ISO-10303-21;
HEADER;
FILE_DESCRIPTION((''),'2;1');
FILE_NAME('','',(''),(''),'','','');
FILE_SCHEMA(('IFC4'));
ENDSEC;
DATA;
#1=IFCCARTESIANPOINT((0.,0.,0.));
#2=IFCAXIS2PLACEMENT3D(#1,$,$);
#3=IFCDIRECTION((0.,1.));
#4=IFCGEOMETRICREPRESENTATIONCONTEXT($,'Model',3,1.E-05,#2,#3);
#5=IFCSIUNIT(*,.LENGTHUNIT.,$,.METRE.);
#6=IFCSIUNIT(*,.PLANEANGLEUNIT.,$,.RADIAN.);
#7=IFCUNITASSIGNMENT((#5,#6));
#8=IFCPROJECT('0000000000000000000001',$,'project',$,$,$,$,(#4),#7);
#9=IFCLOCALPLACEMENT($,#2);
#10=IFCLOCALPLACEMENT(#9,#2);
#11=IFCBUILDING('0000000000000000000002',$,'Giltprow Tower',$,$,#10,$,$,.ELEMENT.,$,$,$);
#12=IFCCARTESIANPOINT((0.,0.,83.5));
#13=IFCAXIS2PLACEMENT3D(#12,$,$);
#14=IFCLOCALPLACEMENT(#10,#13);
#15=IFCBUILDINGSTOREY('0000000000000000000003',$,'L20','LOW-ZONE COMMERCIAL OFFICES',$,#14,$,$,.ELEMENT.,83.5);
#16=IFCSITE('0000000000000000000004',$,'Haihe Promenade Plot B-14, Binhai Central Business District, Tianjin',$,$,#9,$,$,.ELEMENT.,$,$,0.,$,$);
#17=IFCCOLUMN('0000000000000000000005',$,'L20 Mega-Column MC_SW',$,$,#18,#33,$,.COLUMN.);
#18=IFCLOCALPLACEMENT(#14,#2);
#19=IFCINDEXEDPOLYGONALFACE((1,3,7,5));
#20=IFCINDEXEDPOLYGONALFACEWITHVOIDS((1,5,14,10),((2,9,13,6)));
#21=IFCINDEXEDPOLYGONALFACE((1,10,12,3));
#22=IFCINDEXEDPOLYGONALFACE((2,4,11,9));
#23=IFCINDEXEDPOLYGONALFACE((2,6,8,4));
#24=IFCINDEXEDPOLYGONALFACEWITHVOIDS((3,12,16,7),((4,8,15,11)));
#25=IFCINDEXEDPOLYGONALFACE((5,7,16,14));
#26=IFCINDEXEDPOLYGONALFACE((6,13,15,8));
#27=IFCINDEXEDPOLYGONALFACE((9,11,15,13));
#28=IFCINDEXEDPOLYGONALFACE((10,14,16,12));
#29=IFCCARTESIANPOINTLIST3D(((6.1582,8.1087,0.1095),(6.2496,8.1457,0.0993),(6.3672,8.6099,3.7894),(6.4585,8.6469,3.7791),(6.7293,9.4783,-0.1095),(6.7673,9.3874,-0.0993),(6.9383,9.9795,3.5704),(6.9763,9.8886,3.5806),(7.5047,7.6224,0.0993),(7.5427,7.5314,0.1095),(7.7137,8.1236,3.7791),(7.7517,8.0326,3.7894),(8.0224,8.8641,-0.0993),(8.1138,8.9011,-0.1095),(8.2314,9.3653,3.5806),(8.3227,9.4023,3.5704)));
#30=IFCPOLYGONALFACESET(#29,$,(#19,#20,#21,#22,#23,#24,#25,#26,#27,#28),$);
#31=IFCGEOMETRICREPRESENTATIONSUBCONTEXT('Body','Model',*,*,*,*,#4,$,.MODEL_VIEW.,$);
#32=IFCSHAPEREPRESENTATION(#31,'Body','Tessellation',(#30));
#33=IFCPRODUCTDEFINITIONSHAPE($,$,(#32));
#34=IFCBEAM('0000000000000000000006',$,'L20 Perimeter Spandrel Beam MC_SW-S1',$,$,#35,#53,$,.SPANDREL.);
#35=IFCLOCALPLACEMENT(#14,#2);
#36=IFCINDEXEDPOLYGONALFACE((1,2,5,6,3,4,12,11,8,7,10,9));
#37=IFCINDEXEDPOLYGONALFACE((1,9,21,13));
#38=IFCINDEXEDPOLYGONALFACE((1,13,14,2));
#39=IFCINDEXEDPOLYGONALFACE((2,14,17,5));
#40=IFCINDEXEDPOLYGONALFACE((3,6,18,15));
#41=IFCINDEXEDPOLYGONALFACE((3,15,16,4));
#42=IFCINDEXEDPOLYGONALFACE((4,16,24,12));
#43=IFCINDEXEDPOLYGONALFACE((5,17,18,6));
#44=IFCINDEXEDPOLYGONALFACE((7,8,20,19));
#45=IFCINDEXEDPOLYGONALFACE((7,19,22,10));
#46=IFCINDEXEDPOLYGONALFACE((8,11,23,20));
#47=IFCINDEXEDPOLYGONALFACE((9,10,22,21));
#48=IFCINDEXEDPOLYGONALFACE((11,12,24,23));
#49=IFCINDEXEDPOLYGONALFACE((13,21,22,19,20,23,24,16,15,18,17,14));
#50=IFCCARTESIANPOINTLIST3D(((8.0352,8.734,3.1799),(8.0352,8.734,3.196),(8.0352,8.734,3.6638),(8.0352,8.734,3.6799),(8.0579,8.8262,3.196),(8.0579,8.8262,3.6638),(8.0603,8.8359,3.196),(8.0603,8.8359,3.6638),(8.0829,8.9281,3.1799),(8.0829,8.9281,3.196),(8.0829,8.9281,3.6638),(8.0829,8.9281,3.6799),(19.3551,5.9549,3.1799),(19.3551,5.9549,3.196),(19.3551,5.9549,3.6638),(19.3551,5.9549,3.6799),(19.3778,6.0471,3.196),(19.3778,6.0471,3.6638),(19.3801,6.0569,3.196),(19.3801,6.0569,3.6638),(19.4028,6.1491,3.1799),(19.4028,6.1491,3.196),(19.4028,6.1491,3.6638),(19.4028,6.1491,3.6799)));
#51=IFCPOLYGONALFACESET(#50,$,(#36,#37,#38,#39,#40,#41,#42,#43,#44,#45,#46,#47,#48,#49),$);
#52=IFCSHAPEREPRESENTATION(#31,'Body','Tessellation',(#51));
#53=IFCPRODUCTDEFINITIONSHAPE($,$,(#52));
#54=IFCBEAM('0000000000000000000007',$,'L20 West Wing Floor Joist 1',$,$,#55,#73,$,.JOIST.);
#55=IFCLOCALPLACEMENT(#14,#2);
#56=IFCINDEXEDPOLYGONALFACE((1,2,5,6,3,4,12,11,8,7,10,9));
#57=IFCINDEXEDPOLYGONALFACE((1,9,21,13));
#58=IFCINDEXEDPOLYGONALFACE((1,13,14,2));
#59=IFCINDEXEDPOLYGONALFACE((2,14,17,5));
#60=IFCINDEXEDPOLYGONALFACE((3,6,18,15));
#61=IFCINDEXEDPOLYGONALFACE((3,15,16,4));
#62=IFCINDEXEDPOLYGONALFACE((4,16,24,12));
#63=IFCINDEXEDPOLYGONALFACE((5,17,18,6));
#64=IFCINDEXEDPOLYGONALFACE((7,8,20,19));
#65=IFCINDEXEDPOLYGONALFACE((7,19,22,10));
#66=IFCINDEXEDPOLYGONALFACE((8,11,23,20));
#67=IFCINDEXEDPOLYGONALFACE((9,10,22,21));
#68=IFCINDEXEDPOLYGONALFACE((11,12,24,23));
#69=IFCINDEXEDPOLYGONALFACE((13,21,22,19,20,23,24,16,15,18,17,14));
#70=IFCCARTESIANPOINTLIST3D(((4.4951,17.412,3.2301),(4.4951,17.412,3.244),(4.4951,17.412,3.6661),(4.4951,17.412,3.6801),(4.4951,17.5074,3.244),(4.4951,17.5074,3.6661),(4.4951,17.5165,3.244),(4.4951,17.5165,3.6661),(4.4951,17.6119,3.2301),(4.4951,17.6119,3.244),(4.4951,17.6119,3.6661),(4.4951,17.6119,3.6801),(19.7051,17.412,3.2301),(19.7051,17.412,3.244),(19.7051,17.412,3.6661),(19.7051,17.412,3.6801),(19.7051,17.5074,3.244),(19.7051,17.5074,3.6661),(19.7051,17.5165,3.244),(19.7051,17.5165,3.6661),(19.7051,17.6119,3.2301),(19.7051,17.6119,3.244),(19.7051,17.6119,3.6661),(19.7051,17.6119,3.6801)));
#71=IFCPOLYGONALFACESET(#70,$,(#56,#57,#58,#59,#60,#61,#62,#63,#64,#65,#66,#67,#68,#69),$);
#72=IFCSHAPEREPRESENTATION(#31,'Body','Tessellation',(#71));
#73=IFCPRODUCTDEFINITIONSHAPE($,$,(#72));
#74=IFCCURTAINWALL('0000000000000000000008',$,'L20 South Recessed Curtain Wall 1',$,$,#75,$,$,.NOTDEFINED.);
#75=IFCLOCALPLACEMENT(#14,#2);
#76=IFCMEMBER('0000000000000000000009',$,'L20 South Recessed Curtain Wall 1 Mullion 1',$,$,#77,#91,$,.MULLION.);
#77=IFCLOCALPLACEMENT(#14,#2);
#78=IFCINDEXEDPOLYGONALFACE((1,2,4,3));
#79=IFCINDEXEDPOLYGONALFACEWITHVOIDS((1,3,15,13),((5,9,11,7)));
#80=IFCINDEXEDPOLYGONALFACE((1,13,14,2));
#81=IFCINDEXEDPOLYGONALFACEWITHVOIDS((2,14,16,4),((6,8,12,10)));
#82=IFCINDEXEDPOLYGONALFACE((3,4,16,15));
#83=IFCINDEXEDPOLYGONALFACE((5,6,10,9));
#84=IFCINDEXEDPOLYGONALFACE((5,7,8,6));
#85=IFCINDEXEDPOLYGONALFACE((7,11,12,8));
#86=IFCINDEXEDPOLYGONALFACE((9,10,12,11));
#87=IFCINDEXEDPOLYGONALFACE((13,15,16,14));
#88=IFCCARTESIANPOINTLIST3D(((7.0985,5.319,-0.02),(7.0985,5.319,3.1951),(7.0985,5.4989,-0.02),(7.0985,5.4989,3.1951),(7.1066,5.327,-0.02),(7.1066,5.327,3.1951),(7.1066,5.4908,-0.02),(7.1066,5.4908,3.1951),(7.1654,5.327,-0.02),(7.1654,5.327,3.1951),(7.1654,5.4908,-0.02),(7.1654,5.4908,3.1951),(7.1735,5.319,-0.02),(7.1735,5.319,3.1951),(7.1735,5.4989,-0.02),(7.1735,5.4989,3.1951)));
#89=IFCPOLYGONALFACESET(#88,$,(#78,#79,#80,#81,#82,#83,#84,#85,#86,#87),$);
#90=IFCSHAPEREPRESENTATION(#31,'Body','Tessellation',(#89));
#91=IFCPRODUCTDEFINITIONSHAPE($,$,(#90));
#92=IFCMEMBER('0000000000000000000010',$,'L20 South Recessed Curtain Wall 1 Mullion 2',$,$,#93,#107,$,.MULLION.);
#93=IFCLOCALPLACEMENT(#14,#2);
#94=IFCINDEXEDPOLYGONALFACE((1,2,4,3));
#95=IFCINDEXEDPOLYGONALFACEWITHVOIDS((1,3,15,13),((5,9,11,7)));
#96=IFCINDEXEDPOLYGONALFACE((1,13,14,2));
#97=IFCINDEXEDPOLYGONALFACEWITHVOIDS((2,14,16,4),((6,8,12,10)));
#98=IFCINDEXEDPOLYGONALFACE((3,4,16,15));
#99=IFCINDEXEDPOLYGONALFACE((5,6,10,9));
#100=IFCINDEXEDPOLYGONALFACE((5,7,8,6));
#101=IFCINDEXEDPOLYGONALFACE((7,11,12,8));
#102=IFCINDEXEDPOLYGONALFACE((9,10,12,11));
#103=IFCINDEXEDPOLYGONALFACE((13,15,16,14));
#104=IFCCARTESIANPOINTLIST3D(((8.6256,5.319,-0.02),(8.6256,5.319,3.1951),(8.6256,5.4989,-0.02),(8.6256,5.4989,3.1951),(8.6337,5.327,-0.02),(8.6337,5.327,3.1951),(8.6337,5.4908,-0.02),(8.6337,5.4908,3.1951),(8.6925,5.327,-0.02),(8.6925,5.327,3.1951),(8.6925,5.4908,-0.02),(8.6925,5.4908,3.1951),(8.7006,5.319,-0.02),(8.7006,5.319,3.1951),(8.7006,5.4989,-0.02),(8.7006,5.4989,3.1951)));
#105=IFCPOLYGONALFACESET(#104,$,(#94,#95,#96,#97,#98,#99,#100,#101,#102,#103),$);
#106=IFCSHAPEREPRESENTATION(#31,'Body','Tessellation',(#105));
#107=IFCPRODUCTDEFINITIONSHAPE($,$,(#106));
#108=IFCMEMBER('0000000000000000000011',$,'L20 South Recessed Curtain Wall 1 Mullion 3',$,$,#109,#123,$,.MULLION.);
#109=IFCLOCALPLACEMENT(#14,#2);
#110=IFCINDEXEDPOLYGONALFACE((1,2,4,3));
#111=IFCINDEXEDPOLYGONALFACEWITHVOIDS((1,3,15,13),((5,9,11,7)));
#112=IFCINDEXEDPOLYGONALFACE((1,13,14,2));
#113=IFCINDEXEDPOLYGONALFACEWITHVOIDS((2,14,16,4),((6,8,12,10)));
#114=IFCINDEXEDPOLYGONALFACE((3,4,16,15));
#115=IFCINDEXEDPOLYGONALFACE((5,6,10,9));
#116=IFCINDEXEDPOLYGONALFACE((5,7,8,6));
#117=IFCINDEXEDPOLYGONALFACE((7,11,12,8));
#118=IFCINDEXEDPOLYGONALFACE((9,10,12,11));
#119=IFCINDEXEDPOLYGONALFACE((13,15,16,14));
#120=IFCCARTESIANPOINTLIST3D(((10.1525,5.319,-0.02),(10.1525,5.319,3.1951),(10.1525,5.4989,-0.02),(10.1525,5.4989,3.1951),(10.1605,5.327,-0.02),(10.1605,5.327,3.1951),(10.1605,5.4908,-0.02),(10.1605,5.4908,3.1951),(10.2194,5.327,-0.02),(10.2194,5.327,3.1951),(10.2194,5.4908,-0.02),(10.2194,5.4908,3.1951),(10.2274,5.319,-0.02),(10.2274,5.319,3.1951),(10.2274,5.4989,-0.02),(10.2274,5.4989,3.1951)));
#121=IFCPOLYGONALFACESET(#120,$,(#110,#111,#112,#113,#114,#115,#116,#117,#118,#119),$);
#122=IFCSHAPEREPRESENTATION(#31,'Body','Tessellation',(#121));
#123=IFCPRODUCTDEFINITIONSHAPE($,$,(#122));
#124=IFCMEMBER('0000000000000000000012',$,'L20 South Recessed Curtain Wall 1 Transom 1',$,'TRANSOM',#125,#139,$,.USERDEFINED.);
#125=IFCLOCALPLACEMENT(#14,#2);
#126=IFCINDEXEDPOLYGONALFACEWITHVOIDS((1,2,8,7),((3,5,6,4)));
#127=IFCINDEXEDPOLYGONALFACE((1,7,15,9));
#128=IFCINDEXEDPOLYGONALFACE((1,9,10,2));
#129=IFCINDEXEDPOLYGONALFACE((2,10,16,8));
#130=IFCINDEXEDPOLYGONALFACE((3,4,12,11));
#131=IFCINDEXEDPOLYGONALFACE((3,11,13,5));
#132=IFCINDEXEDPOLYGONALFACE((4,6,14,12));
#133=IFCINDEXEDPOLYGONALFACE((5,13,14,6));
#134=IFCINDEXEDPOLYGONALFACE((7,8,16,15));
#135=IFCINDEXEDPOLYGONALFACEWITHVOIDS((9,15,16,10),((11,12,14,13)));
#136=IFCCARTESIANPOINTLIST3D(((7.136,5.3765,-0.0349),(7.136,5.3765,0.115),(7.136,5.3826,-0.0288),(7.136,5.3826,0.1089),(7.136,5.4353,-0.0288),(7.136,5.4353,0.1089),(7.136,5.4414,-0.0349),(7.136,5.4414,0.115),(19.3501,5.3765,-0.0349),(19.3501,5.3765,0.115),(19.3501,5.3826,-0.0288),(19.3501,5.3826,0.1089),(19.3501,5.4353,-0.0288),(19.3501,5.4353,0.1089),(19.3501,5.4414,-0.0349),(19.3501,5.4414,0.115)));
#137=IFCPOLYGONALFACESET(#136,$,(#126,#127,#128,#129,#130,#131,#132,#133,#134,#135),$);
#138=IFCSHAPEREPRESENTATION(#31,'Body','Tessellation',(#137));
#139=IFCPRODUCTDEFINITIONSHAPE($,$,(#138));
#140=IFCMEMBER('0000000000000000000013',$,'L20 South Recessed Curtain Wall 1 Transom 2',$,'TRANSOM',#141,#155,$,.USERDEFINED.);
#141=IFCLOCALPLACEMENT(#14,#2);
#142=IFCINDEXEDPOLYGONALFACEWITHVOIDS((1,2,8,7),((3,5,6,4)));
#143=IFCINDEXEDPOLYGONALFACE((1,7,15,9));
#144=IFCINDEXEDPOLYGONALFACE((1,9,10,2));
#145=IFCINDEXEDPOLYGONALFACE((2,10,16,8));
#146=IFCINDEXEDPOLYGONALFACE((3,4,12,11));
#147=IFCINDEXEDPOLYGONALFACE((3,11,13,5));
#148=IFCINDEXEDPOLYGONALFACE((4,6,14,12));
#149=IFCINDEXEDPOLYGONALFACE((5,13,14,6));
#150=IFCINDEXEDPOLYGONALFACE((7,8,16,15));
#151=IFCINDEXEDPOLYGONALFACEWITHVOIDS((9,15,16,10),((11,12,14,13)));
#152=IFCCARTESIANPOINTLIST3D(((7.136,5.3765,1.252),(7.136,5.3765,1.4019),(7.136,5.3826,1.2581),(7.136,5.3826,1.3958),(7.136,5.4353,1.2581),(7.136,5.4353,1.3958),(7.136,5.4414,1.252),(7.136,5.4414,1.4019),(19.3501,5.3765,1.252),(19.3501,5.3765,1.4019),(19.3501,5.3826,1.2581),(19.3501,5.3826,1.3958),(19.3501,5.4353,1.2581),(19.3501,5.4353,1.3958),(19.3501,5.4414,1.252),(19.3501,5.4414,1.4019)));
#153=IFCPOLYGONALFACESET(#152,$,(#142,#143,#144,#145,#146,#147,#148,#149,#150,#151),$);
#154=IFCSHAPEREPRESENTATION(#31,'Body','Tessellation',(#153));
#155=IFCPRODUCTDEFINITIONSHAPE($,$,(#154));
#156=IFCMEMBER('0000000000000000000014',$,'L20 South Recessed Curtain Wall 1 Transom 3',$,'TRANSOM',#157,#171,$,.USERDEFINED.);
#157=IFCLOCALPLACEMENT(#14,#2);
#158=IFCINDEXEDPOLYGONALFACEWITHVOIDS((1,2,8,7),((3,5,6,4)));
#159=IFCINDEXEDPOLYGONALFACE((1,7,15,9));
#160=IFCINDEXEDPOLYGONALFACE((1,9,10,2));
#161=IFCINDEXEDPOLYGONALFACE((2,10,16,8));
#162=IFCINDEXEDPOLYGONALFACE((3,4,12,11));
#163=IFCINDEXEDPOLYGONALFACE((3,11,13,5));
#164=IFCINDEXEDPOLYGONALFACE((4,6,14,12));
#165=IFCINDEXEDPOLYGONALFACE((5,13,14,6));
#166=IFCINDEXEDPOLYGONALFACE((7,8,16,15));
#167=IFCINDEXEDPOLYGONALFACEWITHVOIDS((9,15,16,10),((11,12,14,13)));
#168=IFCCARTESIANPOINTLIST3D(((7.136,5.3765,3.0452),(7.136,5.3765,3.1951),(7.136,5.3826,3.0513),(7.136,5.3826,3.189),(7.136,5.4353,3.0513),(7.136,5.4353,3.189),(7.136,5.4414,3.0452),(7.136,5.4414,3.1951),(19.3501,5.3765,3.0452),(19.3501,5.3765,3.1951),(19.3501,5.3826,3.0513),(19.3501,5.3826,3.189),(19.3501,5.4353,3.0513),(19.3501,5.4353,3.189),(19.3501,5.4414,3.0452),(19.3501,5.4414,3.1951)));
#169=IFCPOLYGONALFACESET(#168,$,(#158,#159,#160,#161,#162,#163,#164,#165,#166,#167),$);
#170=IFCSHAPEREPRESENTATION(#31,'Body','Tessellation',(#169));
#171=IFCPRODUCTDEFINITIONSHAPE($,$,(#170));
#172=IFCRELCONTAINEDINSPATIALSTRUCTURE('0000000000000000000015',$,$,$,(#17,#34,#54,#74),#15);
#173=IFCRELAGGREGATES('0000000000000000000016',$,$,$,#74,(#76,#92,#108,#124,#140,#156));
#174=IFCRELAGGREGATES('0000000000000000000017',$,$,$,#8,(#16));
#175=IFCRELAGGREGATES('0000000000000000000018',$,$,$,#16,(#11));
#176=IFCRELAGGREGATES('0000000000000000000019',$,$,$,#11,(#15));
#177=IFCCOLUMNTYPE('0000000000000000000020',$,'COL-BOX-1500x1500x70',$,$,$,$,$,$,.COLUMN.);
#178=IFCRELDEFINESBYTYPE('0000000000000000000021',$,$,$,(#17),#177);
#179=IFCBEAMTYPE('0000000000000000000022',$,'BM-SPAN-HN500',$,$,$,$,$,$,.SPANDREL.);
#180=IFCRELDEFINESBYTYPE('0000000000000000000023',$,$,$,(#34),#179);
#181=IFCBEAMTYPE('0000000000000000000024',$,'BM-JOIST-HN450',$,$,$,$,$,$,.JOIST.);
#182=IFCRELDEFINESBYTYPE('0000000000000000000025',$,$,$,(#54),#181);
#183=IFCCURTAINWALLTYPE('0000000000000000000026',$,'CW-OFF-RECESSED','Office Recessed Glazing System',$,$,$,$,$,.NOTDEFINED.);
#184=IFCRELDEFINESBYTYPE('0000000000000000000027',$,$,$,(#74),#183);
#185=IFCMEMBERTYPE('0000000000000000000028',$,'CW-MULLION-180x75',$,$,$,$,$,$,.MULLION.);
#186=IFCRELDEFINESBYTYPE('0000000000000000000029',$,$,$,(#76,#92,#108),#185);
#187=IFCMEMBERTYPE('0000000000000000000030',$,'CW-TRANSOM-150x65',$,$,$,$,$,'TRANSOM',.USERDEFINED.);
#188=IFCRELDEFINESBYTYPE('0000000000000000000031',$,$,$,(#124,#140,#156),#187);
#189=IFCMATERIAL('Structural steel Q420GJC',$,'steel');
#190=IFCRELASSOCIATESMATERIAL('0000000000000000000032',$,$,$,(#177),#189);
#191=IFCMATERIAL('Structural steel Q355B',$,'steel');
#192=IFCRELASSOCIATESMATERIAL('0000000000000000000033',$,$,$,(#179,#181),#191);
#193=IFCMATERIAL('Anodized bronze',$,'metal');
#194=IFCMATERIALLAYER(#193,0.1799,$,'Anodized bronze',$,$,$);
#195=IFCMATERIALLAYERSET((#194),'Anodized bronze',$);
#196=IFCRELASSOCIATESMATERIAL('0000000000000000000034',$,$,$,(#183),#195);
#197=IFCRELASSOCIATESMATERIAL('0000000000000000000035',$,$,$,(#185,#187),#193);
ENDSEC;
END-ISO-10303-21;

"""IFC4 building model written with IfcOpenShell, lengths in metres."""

from ifc_helpers import new_model, si_unit, direction, frame, origin, origin_2d, place, context, subcontext, project, spatial, hollow_rectangle, i_section, extrude, source, transform, mapped, material, layer, layer_set, material_profile, profile_set, type_object, element, aggregate, save


model = new_model("IFC4")

# Units and contexts
model_context = context("Model", 3, precision=1e-05, world=origin(), true_north=direction((0.0, 1.0)))
body_context = subcontext(model_context, "Body", "Model", "MODEL_VIEW")
ifc_project = project(units=[si_unit("LENGTHUNIT", "METRE"), si_unit("PLANEANGLEUNIT", "RADIAN")], contexts=[model_context])

# Site, building, storey
site_placement = place(None, origin())
site = spatial("IfcSite", under=ifc_project, at=site_placement, Name="Haihe Promenade Plot B-14, Binhai Central Business District, Tianjin", CompositionType="ELEMENT", RefElevation=0.0)
building_placement = place(site_placement, origin())
building = spatial("IfcBuilding", under=site, at=building_placement, Name="Giltprow Tower", CompositionType="ELEMENT")
storey_placement = place(building_placement, frame((0.0, 0.0, 83.5)))
storey = spatial("IfcBuildingStorey", under=building, at=storey_placement, Name="L20", Description="LOW-ZONE COMMERCIAL OFFICES", CompositionType="ELEMENT", Elevation=83.5)

# Column
ifc_material_1 = material(Name="Structural steel Q420GJC", Category="steel")
ifc_material_profile_1 = material_profile(ifc_material_1, hollow_rectangle(XDim=1.5, YDim=1.5, WallThickness=0.0701, at=origin_2d()), Name="BOX 1500x1500x70")
ifc_profile_set_1 = profile_set([ifc_material_profile_1], Name="Structural steel Q420GJC")
column_type = type_object("IfcColumnType", Name="COL-BOX-1500x1500x70", PredefinedType="COLUMN", material=ifc_profile_set_1)
shared_shape_1 = source(origin(), body_context, "Body", "SweptSolid", [
    extrude(hollow_rectangle(XDim=1.5, YDim=1.5, WallThickness=0.0701, at=origin_2d()), origin(), (0.0, 0.0, 1.0), 3.7197),
])
column_placement = place(storey_placement, frame((7.136, 8.5049, 0.0), z_axis=(0.056182, 0.134745, 0.989286), x_axis=(-0.922984, 0.384839, 0.0)))
element("IfcColumn", 1, at=column_placement, inside=storey, type_object=column_type, Name="L20 Mega-Column MC_SW", PredefinedType="COLUMN", context=body_context, shape_type="MappedRepresentation", body=[
    mapped(shared_shape_1, transform((0.0, 0.0, 0.0), x_axis=(1.0, 0.0, 0.0), y_axis=(0.0, 1.0, 0.0), z_axis=(0.0, 0.0, 1.0), scale=1.0)),
])

# Beams
ifc_material_2 = material(Name="Structural steel Q355B", Category="steel")
ifc_material_profile_2 = material_profile(ifc_material_2, i_section(OverallWidth=0.2, OverallDepth=0.5, WebThickness=0.01, FlangeThickness=0.0161, at=origin_2d()), Name="HN 500x200x10x16")
ifc_profile_set_2 = profile_set([ifc_material_profile_2], Name="Structural steel Q355B")
beam_type_1 = type_object("IfcBeamType", Name="BM-SPAN-HN500", PredefinedType="SPANDREL", material=ifc_profile_set_2)
shared_shape_2 = source(origin(), body_context, "Body", "SweptSolid", [
    extrude(i_section(OverallWidth=0.2, OverallDepth=0.5, WebThickness=0.01, FlangeThickness=0.0161, at=origin_2d()), origin(), (0.0, 0.0, 1.0), 11.656),
])
beam_1_placement = place(storey_placement, frame((8.0591, 8.8311, 3.4299), z_axis=(0.971161, -0.238423, 0.0), x_axis=(0.238423, 0.971161, 0.0)))
element("IfcBeam", 2, at=beam_1_placement, inside=storey, type_object=beam_type_1, Name="L20 Perimeter Spandrel Beam MC_SW-S1", PredefinedType="SPANDREL", context=body_context, shape_type="MappedRepresentation", body=[
    mapped(shared_shape_2, transform((0.0, 0.0, 0.0), x_axis=(1.0, 0.0, 0.0), y_axis=(0.0, 1.0, 0.0), z_axis=(0.0, 0.0, 1.0), scale=1.0)),
])
ifc_material_profile_3 = material_profile(ifc_material_2, i_section(OverallWidth=0.2, OverallDepth=0.45, WebThickness=0.009, FlangeThickness=0.0139, at=origin_2d()), Name="HN 450x200x9x14")
ifc_profile_set_3 = profile_set([ifc_material_profile_3], Name="Structural steel Q355B")
beam_type_2 = type_object("IfcBeamType", Name="BM-JOIST-HN450", PredefinedType="JOIST", material=ifc_profile_set_3)
shared_shape_3 = source(origin(), body_context, "Body", "SweptSolid", [
    extrude(i_section(OverallWidth=0.2, OverallDepth=0.45, WebThickness=0.009, FlangeThickness=0.0139, at=origin_2d()), origin(), (0.0, 0.0, 1.0), 15.21),
])
beam_2_placement = place(storey_placement, frame((4.4951, 17.512, 3.4551), z_axis=(1.0, 0.0, 0.0), x_axis=(0.0, 1.0, 0.0)))
element("IfcBeam", 3, at=beam_2_placement, inside=storey, type_object=beam_type_2, Name="L20 West Wing Floor Joist 1", PredefinedType="JOIST", context=body_context, shape_type="MappedRepresentation", body=[
    mapped(shared_shape_3, transform((0.0, 0.0, 0.0), x_axis=(1.0, 0.0, 0.0), y_axis=(0.0, 1.0, 0.0), z_axis=(0.0, 0.0, 1.0), scale=1.0)),
])

# Curtain wall, members
ifc_material_3 = material(Name="Anodized bronze", Category="metal")
ifc_layer_1 = layer(ifc_material_3, 0.1799, Name="Anodized bronze")
ifc_layer_set_1 = layer_set([ifc_layer_1], Name="Anodized bronze")
curtain_wall_type = type_object("IfcCurtainWallType", Name="CW-OFF-RECESSED", Description="Office Recessed Glazing System", PredefinedType="NOTDEFINED", material=ifc_layer_set_1)
curtain_wall_placement = place(storey_placement, origin())
curtain_wall = element("IfcCurtainWall", 4, at=curtain_wall_placement, inside=storey, type_object=curtain_wall_type, Name="L20 South Recessed Curtain Wall 1", PredefinedType="NOTDEFINED")
ifc_material_profile_4 = material_profile(ifc_material_3, hollow_rectangle(XDim=0.075, YDim=0.1799, WallThickness=0.0081, at=origin_2d()), Name="RHS 180x75x8")
ifc_profile_set_4 = profile_set([ifc_material_profile_4], Name="Anodized bronze")
member_type_1 = type_object("IfcMemberType", Name="CW-MULLION-180x75", PredefinedType="MULLION", material=ifc_profile_set_4)
shared_shape_4 = source(origin(), body_context, "Body", "SweptSolid", [
    extrude(hollow_rectangle(XDim=0.075, YDim=0.1799, WallThickness=0.0081, at=origin_2d()), origin(), (0.0, 0.0, 1.0), 3.2151),
])
member_1_placement = place(storey_placement, frame((7.136, 5.4089, -0.02), z_axis=(0.0, 0.0, 1.0), x_axis=(1.0, 0.0, 0.0)))
member_1 = element("IfcMember", 5, at=member_1_placement, type_object=member_type_1, Name="L20 South Recessed Curtain Wall 1 Mullion 1", PredefinedType="MULLION", context=body_context, shape_type="MappedRepresentation", body=[
    mapped(shared_shape_4, transform((0.0, 0.0, 0.0), x_axis=(1.0, 0.0, 0.0), y_axis=(0.0, 1.0, 0.0), z_axis=(0.0, 0.0, 1.0), scale=1.0)),
])
member_2_placement = place(storey_placement, frame((8.6631, 5.4089, -0.02), z_axis=(0.0, 0.0, 1.0), x_axis=(1.0, 0.0, 0.0)))
member_2 = element("IfcMember", 6, at=member_2_placement, type_object=member_type_1, Name="L20 South Recessed Curtain Wall 1 Mullion 2", PredefinedType="MULLION", context=body_context, shape_type="MappedRepresentation", body=[
    mapped(shared_shape_4, transform((0.0, 0.0, 0.0), x_axis=(1.0, 0.0, 0.0), y_axis=(0.0, 1.0, 0.0), z_axis=(0.0, 0.0, 1.0), scale=1.0)),
])
member_3_placement = place(storey_placement, frame((10.1899, 5.4089, -0.02), z_axis=(0.0, 0.0, 1.0), x_axis=(1.0, 0.0, 0.0)))
member_3 = element("IfcMember", 7, at=member_3_placement, type_object=member_type_1, Name="L20 South Recessed Curtain Wall 1 Mullion 3", PredefinedType="MULLION", context=body_context, shape_type="MappedRepresentation", body=[
    mapped(shared_shape_4, transform((0.0, 0.0, 0.0), x_axis=(1.0, 0.0, 0.0), y_axis=(0.0, 1.0, 0.0), z_axis=(0.0, 0.0, 1.0), scale=1.0)),
])
ifc_material_profile_5 = material_profile(ifc_material_3, hollow_rectangle(XDim=0.0649, YDim=0.1499, WallThickness=0.0061, at=origin_2d()), Name="RHS 150x65x6")
ifc_profile_set_5 = profile_set([ifc_material_profile_5], Name="Anodized bronze")
member_type_2 = type_object("IfcMemberType", Name="CW-TRANSOM-150x65", ElementType="TRANSOM", PredefinedType="USERDEFINED", material=ifc_profile_set_5)
shared_shape_5 = source(origin(), body_context, "Body", "SweptSolid", [
    extrude(hollow_rectangle(XDim=0.0649, YDim=0.1499, WallThickness=0.0061, at=origin_2d()), origin(), (0.0, 0.0, 1.0), 12.2141),
])
member_4_placement = place(storey_placement, frame((7.136, 5.4089, 0.04), z_axis=(1.0, 0.0, 0.0), x_axis=(0.0, 1.0, 0.0)))
member_4 = element("IfcMember", 8, at=member_4_placement, type_object=member_type_2, Name="L20 South Recessed Curtain Wall 1 Transom 1", ObjectType="TRANSOM", PredefinedType="USERDEFINED", context=body_context, shape_type="MappedRepresentation", body=[
    mapped(shared_shape_5, transform((0.0, 0.0, 0.0), x_axis=(1.0, 0.0, 0.0), y_axis=(0.0, 1.0, 0.0), z_axis=(0.0, 0.0, 1.0), scale=1.0)),
])
member_5_placement = place(storey_placement, frame((7.136, 5.4089, 1.3269), z_axis=(1.0, 0.0, 0.0), x_axis=(0.0, 1.0, 0.0)))
member_5 = element("IfcMember", 9, at=member_5_placement, type_object=member_type_2, Name="L20 South Recessed Curtain Wall 1 Transom 2", ObjectType="TRANSOM", PredefinedType="USERDEFINED", context=body_context, shape_type="MappedRepresentation", body=[
    mapped(shared_shape_5, transform((0.0, 0.0, 0.0), x_axis=(1.0, 0.0, 0.0), y_axis=(0.0, 1.0, 0.0), z_axis=(0.0, 0.0, 1.0), scale=1.0)),
])
member_6_placement = place(storey_placement, frame((7.136, 5.4089, 3.1201), z_axis=(1.0, 0.0, 0.0), x_axis=(0.0, 1.0, 0.0)))
member_6 = element("IfcMember", 10, at=member_6_placement, type_object=member_type_2, Name="L20 South Recessed Curtain Wall 1 Transom 3", ObjectType="TRANSOM", PredefinedType="USERDEFINED", context=body_context, shape_type="MappedRepresentation", body=[
    mapped(shared_shape_5, transform((0.0, 0.0, 0.0), x_axis=(1.0, 0.0, 0.0), y_axis=(0.0, 1.0, 0.0), z_axis=(0.0, 0.0, 1.0), scale=1.0)),
])

aggregate(curtain_wall, [member_1, member_2, member_3, member_4, member_5, member_6])

save(model, "model.ifc")
